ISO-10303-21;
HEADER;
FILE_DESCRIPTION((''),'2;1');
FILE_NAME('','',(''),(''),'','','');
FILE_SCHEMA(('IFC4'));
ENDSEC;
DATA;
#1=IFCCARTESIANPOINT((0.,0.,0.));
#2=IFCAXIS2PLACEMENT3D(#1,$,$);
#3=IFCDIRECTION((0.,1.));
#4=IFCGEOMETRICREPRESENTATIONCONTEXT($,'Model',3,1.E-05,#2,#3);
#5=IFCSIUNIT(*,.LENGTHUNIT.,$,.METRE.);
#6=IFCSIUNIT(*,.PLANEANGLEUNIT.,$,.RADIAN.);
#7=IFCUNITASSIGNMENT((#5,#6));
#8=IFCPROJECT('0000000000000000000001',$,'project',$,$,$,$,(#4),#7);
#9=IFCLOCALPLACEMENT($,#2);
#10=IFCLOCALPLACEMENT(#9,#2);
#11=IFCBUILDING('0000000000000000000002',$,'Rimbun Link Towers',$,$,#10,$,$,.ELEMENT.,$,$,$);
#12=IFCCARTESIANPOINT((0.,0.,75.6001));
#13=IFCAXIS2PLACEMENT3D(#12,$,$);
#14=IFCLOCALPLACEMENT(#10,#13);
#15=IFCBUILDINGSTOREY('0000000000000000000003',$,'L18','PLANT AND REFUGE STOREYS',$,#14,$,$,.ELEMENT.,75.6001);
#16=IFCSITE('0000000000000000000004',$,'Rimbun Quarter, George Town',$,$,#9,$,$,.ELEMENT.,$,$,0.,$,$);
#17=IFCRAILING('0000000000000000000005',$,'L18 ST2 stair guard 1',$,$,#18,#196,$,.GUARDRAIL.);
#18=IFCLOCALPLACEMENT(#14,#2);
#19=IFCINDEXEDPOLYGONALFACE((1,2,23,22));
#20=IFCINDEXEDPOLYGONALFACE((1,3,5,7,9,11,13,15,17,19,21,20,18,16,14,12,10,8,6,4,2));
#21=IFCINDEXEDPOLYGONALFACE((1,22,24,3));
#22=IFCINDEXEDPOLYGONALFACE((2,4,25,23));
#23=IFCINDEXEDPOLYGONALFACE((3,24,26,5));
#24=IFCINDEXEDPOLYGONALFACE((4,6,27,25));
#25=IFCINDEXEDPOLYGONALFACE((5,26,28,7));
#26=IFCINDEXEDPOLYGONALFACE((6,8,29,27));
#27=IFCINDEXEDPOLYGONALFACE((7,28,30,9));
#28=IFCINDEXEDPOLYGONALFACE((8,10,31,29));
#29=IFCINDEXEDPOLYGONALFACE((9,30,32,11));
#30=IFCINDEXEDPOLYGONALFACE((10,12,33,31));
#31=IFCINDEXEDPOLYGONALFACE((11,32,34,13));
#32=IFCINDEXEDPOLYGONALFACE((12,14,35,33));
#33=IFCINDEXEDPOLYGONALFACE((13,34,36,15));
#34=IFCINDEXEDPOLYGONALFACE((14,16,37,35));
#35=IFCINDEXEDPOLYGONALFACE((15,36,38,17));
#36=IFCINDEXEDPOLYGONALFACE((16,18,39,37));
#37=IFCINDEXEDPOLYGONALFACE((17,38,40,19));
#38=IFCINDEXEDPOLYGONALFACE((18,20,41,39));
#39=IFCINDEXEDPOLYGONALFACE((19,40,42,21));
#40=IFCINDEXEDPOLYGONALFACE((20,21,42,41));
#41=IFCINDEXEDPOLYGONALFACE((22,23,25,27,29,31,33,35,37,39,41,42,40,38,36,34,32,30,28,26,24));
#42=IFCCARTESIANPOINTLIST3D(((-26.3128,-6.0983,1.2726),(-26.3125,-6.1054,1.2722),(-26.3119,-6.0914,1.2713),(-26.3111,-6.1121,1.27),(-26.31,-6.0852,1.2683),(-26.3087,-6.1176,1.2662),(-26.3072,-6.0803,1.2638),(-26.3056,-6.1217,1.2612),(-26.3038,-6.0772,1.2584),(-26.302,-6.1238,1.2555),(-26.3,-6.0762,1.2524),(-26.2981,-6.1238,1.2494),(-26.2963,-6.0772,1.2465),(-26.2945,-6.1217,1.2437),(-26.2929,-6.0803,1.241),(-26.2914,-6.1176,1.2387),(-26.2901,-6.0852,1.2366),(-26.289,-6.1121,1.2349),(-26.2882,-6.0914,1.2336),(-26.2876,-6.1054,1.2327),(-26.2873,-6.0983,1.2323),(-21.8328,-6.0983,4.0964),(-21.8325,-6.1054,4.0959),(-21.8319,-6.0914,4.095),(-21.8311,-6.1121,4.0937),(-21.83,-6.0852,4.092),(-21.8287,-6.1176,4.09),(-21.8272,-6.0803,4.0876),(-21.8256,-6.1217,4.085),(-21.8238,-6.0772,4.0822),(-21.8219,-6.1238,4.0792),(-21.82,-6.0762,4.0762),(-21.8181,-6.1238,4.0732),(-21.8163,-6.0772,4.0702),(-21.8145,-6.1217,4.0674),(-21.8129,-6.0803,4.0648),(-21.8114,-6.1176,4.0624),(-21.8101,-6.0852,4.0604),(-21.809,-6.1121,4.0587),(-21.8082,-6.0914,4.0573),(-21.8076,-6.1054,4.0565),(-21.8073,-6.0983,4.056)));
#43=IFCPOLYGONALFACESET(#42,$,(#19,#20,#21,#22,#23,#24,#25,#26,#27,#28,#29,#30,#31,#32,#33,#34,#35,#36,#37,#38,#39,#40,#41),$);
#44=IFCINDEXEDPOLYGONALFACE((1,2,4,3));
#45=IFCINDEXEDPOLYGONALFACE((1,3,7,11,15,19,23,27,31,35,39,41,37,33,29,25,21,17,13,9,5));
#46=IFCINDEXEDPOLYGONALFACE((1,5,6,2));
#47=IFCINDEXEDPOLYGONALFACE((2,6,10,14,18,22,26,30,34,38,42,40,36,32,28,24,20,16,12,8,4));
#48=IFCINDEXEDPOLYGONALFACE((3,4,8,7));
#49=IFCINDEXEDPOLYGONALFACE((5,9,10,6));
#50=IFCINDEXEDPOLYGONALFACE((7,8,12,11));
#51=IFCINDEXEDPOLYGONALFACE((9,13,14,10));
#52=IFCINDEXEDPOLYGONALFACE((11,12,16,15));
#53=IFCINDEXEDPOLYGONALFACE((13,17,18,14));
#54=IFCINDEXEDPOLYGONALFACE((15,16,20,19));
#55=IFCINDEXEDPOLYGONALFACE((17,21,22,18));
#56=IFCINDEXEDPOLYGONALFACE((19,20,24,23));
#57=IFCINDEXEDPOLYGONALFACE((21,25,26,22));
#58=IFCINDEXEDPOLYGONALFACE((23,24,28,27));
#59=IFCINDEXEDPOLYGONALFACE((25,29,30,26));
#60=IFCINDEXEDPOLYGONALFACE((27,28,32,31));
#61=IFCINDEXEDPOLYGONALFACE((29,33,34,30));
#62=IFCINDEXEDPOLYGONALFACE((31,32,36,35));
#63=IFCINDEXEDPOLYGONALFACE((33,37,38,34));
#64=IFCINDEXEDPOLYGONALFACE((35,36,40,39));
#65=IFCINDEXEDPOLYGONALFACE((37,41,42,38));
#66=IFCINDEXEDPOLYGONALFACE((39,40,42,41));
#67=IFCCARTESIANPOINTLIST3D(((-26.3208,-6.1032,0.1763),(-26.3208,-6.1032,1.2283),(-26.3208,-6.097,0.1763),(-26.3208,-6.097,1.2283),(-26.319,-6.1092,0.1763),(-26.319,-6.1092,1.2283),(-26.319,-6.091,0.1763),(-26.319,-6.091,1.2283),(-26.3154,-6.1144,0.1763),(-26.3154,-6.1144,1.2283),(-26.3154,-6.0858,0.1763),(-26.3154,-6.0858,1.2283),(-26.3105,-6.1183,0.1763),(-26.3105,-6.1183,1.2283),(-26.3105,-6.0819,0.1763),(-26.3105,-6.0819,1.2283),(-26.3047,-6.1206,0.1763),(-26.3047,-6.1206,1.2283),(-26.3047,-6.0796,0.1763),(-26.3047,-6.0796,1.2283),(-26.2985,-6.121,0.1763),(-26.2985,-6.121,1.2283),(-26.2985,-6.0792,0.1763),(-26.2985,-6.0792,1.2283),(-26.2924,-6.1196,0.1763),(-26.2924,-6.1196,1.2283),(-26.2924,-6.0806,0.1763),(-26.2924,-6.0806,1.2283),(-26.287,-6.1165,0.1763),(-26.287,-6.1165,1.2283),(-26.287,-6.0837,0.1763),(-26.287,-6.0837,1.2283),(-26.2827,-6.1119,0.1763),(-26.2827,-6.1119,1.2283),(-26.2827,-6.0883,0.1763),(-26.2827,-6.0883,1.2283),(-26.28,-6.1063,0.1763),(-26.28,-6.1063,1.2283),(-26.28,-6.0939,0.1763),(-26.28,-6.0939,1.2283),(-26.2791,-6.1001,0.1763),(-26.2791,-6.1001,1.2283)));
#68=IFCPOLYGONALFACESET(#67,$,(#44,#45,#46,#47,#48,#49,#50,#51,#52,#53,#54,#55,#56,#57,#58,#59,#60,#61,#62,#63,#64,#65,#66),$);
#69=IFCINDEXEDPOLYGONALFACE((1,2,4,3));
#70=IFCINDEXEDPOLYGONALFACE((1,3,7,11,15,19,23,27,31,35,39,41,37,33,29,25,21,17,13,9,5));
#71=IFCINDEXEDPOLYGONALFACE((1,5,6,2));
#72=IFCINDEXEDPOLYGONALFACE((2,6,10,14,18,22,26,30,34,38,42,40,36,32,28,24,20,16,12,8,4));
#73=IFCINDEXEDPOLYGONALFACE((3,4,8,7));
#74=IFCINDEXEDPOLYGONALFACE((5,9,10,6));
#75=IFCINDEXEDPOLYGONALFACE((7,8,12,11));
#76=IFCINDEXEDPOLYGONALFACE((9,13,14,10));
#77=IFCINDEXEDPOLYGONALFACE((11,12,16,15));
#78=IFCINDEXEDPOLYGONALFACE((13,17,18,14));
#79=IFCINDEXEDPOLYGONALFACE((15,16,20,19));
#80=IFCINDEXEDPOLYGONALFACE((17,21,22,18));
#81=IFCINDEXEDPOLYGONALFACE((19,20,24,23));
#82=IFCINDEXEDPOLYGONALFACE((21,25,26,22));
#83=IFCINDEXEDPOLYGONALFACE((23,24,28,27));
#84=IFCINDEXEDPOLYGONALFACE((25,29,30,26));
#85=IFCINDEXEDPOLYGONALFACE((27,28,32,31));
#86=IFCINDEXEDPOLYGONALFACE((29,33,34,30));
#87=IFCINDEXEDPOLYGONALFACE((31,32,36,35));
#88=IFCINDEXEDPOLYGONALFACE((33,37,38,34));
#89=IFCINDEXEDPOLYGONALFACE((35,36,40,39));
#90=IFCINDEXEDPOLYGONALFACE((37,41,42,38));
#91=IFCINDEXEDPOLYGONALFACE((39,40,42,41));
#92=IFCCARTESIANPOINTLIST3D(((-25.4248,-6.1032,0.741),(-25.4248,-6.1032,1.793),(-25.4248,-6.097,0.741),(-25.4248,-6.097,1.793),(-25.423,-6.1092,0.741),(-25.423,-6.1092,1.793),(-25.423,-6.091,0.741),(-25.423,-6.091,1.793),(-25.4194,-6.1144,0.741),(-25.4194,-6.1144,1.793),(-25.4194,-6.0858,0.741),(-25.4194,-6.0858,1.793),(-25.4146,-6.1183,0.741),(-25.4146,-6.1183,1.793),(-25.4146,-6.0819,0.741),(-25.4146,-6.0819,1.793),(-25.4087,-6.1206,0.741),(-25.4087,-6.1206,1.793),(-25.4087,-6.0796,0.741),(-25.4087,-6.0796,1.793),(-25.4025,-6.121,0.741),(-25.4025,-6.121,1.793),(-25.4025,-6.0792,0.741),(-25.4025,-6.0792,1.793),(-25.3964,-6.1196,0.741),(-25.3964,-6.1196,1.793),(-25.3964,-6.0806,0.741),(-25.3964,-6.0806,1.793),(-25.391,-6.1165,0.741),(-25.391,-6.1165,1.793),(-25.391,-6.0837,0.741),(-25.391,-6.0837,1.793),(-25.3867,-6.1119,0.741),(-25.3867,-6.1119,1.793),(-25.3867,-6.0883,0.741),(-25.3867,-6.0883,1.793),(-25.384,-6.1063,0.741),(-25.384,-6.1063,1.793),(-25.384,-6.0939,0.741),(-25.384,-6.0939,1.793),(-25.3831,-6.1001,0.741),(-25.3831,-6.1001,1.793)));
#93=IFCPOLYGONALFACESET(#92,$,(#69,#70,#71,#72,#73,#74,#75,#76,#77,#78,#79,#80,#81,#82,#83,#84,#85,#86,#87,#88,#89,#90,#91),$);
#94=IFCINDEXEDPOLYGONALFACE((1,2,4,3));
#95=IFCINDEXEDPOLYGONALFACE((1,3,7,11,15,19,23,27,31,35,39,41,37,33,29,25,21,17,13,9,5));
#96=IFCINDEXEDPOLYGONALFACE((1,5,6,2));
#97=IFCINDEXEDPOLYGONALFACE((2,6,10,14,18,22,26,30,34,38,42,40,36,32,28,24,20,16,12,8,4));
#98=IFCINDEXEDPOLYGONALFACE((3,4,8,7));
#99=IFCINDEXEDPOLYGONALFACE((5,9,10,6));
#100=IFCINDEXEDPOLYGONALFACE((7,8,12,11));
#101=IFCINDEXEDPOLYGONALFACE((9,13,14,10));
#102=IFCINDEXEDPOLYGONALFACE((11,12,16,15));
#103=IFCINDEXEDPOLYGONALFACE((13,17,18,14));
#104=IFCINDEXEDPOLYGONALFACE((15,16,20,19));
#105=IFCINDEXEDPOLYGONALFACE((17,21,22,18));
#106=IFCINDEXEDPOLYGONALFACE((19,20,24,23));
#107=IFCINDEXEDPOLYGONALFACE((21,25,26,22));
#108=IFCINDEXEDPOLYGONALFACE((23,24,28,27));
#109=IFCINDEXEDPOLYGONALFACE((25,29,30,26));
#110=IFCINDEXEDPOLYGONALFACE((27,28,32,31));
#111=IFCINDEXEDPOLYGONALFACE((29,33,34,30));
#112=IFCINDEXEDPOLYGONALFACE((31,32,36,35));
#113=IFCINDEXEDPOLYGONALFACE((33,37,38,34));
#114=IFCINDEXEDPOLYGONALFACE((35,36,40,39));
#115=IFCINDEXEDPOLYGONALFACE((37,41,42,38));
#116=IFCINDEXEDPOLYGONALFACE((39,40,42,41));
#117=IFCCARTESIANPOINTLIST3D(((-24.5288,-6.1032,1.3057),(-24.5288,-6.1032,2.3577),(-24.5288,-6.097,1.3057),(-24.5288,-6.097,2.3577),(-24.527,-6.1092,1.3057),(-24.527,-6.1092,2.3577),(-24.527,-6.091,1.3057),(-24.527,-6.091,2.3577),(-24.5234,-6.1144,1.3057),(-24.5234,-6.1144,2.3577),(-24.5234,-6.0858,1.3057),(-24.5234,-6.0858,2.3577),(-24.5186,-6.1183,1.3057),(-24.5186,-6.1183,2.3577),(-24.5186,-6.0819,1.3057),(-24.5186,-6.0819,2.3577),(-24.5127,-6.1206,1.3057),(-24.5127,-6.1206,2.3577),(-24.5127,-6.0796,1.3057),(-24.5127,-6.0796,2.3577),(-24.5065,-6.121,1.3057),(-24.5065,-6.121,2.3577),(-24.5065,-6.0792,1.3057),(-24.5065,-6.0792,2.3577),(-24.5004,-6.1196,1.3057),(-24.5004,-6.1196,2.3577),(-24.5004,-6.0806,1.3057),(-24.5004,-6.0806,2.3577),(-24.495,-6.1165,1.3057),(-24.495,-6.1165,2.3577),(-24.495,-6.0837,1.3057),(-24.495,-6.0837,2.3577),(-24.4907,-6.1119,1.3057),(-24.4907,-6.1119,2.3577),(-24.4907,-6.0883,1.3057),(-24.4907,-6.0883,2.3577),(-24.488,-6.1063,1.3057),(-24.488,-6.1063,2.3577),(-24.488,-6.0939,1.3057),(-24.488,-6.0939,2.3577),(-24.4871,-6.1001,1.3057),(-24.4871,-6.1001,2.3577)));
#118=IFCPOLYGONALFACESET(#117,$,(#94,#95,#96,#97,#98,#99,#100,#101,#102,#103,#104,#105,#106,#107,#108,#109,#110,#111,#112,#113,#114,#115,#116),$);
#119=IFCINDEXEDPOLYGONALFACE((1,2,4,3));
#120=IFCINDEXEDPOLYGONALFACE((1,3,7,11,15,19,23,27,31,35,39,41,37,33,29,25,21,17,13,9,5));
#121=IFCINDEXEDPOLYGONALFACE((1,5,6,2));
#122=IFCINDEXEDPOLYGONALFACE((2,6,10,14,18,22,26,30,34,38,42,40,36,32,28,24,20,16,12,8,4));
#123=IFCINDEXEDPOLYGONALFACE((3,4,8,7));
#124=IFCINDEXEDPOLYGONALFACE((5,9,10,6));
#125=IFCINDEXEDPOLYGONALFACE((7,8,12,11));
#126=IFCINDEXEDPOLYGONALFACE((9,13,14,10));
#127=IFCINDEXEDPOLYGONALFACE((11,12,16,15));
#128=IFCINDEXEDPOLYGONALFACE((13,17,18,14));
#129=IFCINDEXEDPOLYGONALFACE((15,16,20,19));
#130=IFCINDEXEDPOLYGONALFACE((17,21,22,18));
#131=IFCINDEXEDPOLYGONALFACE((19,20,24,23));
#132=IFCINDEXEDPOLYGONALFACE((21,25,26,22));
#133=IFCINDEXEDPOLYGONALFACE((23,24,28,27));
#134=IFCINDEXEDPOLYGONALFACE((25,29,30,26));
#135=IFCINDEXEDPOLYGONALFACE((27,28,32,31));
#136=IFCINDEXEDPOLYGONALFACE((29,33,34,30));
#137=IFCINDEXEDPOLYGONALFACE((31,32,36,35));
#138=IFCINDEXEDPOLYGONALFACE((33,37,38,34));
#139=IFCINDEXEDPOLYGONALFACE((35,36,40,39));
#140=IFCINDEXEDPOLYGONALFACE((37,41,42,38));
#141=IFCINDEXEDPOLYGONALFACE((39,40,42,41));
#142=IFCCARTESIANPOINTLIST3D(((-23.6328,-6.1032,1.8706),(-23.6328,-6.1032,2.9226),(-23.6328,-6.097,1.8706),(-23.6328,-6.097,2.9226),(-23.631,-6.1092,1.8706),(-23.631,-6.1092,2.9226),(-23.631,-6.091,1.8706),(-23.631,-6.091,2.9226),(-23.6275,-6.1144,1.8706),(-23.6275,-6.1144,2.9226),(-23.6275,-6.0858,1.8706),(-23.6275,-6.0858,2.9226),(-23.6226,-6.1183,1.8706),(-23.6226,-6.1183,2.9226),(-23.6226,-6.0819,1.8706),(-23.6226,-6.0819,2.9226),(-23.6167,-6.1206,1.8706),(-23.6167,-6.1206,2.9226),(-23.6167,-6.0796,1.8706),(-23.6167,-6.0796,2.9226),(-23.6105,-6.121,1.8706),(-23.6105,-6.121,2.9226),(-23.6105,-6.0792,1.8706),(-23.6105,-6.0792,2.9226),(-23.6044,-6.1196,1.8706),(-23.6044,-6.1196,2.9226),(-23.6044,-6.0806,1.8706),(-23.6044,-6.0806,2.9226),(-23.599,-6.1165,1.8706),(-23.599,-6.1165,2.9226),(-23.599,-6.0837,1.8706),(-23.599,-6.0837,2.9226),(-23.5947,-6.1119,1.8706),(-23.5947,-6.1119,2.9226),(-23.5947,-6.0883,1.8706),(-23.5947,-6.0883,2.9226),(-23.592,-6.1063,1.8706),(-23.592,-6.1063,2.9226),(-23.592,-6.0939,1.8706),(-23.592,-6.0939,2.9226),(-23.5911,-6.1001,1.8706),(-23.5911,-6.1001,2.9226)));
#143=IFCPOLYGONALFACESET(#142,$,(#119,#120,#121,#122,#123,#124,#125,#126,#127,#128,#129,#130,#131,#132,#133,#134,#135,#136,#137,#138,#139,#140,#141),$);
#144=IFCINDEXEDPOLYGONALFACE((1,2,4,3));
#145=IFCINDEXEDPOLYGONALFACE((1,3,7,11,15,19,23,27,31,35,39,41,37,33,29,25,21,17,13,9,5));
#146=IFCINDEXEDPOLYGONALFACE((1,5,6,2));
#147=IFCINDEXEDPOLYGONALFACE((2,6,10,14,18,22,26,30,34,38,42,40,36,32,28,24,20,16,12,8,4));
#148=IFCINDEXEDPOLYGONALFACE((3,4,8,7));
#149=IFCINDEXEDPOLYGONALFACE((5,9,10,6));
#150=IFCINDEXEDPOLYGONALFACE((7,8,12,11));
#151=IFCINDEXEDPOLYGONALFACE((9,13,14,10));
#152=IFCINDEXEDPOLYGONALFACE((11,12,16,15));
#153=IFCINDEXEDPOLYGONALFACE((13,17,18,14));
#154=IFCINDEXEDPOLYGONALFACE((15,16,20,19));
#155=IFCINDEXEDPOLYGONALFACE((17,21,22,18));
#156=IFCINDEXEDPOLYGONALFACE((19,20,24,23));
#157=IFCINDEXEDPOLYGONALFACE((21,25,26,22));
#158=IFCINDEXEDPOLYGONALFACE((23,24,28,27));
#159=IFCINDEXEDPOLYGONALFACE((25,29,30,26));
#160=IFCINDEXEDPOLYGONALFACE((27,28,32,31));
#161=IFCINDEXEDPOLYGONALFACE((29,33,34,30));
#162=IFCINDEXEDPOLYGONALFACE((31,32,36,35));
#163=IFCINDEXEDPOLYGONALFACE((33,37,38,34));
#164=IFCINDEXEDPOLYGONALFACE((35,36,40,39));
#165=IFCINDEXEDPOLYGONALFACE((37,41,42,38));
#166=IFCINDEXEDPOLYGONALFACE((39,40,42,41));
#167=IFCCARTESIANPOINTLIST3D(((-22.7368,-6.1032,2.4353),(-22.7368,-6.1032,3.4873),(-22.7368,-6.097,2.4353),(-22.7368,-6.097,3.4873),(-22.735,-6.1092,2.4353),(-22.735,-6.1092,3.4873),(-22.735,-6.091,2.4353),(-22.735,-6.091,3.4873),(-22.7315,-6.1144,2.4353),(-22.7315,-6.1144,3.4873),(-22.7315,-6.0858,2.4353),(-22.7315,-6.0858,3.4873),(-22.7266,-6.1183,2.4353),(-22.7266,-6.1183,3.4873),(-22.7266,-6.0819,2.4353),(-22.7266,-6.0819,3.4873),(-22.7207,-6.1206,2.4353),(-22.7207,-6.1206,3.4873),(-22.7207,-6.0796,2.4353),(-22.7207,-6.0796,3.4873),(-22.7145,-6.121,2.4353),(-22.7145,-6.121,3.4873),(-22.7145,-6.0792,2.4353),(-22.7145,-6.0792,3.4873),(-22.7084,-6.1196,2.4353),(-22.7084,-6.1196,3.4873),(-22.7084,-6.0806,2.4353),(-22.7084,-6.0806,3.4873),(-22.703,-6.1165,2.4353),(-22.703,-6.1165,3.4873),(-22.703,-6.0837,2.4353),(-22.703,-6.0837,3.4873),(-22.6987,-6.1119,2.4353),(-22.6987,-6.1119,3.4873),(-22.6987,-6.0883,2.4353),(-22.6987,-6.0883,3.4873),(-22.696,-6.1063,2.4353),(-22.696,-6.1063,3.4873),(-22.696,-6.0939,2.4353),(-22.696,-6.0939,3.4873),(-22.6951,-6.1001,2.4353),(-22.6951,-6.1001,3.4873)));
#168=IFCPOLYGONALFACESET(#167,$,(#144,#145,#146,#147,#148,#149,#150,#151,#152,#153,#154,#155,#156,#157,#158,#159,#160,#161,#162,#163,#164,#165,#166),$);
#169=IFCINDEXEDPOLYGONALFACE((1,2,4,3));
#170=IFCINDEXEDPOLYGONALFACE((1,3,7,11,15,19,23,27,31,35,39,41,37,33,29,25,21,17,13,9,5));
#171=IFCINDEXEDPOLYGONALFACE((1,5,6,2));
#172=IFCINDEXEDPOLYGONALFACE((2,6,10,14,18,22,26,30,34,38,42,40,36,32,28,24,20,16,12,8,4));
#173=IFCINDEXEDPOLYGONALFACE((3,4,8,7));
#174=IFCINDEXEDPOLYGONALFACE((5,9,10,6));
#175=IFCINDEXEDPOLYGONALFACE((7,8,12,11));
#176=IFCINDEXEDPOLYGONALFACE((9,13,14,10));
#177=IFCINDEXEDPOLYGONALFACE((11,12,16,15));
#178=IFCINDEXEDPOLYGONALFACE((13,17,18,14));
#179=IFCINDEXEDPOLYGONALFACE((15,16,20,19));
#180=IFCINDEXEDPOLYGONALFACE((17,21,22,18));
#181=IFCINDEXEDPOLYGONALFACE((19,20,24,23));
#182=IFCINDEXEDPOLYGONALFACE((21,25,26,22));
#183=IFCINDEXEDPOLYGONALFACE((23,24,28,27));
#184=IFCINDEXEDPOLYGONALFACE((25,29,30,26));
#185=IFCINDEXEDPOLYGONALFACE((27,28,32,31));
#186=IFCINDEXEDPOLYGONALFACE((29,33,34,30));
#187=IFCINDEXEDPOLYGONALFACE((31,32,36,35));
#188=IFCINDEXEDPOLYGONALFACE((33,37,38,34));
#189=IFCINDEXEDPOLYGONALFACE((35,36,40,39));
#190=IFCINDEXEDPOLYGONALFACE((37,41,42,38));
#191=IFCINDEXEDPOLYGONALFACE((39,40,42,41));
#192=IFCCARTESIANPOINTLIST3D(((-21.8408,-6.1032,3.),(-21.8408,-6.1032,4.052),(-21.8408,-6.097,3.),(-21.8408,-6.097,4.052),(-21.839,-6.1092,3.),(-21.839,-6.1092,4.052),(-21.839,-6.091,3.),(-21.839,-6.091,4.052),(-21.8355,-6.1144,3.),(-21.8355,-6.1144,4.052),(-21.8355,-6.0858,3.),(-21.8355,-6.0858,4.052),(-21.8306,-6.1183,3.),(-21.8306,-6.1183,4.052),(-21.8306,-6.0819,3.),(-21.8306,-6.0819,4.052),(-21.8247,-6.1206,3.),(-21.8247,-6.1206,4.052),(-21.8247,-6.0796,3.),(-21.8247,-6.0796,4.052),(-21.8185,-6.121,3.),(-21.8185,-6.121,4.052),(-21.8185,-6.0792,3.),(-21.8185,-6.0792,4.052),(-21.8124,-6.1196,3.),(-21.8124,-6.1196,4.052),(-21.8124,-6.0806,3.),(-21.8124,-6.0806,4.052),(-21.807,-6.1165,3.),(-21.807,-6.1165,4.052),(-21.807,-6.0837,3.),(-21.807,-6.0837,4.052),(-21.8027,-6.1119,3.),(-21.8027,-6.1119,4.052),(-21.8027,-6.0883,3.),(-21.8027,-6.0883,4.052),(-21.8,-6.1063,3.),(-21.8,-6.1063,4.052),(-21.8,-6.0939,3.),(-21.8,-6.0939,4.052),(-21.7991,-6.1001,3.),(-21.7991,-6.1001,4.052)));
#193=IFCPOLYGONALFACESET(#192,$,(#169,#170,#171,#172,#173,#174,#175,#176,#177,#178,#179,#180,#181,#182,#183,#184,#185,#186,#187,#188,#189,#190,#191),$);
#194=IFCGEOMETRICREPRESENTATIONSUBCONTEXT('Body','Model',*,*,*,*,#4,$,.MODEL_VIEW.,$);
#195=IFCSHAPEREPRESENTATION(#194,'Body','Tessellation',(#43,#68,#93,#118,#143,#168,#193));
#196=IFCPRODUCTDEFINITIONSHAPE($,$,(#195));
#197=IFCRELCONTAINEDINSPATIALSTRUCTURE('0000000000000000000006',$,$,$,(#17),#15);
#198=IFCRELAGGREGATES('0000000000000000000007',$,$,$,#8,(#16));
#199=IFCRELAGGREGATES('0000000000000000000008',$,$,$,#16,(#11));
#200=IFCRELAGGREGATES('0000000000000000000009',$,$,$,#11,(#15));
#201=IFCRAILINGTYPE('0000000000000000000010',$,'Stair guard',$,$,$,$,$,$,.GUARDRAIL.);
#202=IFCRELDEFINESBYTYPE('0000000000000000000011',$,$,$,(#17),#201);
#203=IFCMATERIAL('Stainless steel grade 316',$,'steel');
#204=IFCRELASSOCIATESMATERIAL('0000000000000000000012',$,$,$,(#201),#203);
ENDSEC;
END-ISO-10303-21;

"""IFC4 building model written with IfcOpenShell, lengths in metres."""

from ifc_helpers import new_model, si_unit, direction, frame, origin, origin_2d, place, context, subcontext, project, spatial, circle, extrude, material, type_object, element, save


model = new_model("IFC4")

# Units and contexts
model_context = context("Model", 3, precision=1e-05, world=origin(), true_north=direction((0.0, 1.0)))
body_context = subcontext(model_context, "Body", "Model", "MODEL_VIEW")
ifc_project = project(units=[si_unit("LENGTHUNIT", "METRE"), si_unit("PLANEANGLEUNIT", "RADIAN")], contexts=[model_context])

# Site, building, storey
site_placement = place(None, origin())
site = spatial("IfcSite", under=ifc_project, at=site_placement, Name="Rimbun Quarter, George Town", CompositionType="ELEMENT", RefElevation=0.0)
building_placement = place(site_placement, origin())
building = spatial("IfcBuilding", under=site, at=building_placement, Name="Rimbun Link Towers", CompositionType="ELEMENT")
storey_placement = place(building_placement, frame((0.0, 0.0, 75.6001)))
storey = spatial("IfcBuildingStorey", under=building, at=storey_placement, Name="L18", Description="PLANT AND REFUGE STOREYS", CompositionType="ELEMENT", Elevation=75.6001)

# Railing
ifc_material_1 = material(Name="Stainless steel grade 316", Category="steel")
railing_type_1 = type_object("IfcRailingType", Name="Stair guard", PredefinedType="GUARDRAIL", material=ifc_material_1)
railing_1_placement = place(storey_placement, frame((-26.3, -6.1001, 0.1763)))
element("IfcRailing", 1, at=railing_1_placement, inside=storey, type_object=railing_type_1, Name="L18 ST2 stair guard 1", PredefinedType="GUARDRAIL", context=body_context, shape_type="SweptSolid", body=[
    extrude(circle(Radius=0.0239, at=origin_2d()), frame((0.0, 0.0, 1.0762), z_axis=(0.845977, 0.0, 0.533219), x_axis=(0.0, 1.0, 0.0)), (0.0, 0.0, 1.0), 5.2957),
    extrude(circle(Radius=0.021, at=origin_2d()), origin(), (0.0, 0.0, 1.0), 1.052),
    extrude(circle(Radius=0.021, at=origin_2d()), frame((0.896, 0.0, 0.5647)), (0.0, 0.0, 1.0), 1.052),
    extrude(circle(Radius=0.021, at=origin_2d()), frame((1.792, 0.0, 1.1294)), (0.0, 0.0, 1.0), 1.052),
    extrude(circle(Radius=0.021, at=origin_2d()), frame((2.688, 0.0, 1.6943)), (0.0, 0.0, 1.0), 1.052),
    extrude(circle(Radius=0.021, at=origin_2d()), frame((3.584, 0.0, 2.259)), (0.0, 0.0, 1.0), 1.052),
    extrude(circle(Radius=0.021, at=origin_2d()), frame((4.48, 0.0, 2.8237)), (0.0, 0.0, 1.0), 1.052),
])

save(model, "model.ifc")
